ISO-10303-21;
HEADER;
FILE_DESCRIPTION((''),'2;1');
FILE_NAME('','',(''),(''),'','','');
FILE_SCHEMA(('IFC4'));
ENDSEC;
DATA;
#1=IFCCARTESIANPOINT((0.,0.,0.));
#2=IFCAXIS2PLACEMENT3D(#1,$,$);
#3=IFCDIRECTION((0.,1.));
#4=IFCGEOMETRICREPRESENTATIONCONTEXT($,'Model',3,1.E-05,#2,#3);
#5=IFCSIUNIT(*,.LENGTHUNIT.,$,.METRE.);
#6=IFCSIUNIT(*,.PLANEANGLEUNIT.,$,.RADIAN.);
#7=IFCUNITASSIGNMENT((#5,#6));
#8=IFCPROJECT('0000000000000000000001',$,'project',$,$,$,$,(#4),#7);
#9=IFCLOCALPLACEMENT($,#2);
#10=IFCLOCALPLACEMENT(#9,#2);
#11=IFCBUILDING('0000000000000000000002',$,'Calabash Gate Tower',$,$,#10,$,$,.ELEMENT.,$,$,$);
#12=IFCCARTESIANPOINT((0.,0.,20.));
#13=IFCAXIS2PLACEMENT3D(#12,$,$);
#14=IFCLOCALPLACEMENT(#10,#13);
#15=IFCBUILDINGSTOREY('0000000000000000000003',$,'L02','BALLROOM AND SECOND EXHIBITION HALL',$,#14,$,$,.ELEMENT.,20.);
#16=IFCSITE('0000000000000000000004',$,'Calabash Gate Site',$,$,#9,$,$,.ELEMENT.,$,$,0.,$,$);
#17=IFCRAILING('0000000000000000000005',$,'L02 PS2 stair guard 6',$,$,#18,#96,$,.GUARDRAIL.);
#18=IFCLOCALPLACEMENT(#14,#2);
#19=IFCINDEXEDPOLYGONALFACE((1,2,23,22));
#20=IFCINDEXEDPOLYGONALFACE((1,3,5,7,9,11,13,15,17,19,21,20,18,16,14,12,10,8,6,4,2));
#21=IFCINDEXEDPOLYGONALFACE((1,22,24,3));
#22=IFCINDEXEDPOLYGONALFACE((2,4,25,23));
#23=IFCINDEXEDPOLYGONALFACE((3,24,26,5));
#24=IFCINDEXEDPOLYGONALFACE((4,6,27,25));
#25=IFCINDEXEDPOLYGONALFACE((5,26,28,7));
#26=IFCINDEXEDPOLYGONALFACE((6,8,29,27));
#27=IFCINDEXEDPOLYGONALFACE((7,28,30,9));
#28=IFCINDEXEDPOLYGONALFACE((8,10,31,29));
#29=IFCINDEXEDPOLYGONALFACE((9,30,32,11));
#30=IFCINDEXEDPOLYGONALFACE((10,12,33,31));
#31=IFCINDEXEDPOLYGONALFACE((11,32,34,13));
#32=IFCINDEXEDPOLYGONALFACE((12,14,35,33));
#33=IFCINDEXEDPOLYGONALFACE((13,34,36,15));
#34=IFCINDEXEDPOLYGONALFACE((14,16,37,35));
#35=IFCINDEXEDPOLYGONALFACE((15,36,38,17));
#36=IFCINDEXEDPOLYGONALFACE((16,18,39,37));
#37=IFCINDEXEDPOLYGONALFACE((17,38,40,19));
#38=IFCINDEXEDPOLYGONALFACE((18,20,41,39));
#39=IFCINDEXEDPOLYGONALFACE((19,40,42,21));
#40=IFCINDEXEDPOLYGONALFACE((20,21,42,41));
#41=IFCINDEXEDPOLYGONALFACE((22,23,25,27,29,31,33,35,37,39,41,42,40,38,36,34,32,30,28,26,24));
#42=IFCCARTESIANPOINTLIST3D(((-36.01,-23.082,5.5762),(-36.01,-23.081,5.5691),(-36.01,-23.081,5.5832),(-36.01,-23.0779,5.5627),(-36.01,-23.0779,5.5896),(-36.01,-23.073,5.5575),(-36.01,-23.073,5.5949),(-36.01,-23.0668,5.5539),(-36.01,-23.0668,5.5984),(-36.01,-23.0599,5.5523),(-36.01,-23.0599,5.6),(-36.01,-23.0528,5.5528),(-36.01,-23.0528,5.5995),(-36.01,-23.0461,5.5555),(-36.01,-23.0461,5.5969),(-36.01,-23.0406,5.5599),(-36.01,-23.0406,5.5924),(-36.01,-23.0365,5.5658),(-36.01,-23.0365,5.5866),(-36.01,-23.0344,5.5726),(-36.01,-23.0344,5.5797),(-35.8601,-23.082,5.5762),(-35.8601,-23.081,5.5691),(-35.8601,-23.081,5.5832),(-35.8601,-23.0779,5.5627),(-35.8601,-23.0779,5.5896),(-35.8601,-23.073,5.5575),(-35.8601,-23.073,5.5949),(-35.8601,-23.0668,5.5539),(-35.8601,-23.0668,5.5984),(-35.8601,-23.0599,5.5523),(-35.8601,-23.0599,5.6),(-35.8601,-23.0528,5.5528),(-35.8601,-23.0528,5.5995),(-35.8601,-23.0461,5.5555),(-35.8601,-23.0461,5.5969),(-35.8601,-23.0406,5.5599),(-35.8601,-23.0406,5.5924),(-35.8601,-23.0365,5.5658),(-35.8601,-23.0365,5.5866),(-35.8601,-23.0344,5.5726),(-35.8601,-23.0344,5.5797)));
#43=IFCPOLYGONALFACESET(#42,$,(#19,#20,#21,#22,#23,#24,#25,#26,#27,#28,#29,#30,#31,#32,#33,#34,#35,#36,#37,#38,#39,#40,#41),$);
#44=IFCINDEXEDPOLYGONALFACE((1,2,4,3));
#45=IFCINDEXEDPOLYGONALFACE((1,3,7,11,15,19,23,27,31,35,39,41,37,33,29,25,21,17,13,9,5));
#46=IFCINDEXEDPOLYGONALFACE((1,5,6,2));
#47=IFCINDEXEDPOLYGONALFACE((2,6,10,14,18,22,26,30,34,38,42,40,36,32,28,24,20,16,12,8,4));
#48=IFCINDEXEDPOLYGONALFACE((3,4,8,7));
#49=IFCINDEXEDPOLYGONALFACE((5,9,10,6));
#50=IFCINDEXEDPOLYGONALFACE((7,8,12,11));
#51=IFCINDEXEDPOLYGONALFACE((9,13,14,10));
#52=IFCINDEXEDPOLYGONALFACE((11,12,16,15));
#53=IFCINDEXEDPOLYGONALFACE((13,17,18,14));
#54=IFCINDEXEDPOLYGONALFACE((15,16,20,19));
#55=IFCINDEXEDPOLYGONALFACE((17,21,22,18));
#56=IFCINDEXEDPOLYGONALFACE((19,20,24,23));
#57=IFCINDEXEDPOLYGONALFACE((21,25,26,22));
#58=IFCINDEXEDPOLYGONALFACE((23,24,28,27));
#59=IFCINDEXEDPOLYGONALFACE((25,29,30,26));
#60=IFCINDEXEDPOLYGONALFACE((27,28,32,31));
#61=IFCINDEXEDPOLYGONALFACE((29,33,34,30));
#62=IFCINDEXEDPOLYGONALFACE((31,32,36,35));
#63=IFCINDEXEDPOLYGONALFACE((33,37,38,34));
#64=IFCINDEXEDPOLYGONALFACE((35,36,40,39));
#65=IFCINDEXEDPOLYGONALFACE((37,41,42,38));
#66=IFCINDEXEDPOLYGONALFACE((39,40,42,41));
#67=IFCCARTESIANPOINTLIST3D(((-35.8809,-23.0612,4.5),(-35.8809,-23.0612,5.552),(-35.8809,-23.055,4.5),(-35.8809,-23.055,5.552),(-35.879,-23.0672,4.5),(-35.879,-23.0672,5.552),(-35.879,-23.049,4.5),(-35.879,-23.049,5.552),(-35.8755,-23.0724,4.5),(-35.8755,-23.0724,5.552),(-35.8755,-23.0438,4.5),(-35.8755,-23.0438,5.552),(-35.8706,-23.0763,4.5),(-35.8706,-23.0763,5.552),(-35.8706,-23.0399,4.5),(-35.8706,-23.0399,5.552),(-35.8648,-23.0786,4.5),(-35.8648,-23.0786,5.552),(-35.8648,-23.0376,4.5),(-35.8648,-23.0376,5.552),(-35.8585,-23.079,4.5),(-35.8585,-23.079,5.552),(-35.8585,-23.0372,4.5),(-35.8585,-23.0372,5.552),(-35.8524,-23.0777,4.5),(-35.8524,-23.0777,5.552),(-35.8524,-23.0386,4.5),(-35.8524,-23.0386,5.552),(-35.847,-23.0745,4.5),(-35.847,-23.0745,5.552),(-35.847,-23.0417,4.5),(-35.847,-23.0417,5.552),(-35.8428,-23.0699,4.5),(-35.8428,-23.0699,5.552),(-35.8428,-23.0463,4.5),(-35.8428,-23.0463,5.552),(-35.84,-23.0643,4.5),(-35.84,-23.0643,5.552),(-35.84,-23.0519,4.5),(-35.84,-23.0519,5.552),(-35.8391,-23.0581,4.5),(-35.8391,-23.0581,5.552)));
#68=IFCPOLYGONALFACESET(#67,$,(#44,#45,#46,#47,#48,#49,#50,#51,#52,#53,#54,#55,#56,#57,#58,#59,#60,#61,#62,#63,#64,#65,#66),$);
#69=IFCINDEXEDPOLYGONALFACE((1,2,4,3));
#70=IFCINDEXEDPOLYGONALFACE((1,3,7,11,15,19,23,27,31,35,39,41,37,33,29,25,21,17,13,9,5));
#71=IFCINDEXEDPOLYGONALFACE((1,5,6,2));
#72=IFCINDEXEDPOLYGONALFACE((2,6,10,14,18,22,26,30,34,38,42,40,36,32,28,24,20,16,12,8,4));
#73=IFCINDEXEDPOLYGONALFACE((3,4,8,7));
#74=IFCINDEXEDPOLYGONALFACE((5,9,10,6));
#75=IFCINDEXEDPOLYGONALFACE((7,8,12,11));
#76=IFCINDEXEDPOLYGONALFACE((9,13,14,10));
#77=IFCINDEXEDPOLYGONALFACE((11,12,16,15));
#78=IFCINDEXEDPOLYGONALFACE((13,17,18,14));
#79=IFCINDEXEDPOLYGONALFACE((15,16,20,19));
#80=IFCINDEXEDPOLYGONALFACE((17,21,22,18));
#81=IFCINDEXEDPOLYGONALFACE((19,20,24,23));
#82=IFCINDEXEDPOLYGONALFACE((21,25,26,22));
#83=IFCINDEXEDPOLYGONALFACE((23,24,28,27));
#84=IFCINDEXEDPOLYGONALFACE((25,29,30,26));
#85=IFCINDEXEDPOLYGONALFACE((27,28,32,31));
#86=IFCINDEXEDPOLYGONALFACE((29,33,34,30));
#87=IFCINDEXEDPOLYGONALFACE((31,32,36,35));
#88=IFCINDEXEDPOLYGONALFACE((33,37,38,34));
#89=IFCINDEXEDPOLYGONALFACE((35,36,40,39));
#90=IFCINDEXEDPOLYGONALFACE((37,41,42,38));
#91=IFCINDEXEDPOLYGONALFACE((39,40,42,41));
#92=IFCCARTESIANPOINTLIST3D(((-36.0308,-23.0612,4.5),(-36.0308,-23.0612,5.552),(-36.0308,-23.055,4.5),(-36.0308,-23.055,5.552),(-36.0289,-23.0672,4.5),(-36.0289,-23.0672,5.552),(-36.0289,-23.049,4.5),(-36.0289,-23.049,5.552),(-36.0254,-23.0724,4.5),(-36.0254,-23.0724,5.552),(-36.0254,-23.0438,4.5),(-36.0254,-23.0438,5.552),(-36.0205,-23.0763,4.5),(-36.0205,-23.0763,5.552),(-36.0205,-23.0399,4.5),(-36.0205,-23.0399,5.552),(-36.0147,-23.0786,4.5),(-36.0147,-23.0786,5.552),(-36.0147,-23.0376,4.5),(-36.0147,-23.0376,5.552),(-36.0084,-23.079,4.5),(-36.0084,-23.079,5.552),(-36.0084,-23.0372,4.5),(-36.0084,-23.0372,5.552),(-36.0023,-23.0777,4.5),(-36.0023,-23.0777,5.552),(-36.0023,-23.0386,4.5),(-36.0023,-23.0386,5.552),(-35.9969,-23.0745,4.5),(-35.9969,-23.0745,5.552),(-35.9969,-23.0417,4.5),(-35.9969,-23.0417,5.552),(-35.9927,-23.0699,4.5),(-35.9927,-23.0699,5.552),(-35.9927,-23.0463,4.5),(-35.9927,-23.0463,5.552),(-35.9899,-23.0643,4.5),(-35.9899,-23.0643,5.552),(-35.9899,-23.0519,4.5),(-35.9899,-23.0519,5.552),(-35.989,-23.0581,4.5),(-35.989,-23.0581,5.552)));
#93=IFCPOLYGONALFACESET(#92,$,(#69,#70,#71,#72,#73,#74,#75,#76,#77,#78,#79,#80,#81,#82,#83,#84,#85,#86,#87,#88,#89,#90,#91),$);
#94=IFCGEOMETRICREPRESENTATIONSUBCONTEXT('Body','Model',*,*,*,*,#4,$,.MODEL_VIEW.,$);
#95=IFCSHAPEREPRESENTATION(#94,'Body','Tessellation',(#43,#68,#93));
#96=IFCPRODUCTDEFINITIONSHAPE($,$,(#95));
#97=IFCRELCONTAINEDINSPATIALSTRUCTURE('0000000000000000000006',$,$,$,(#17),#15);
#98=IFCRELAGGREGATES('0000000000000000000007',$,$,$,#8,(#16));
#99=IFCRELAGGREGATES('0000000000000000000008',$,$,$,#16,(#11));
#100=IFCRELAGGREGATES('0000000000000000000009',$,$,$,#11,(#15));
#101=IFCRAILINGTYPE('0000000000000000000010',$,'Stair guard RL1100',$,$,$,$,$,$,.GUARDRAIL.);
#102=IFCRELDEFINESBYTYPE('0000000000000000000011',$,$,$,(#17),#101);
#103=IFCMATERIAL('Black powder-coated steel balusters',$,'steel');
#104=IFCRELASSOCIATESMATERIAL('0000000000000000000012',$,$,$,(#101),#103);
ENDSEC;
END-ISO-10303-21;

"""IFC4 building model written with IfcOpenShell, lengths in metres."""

from ifc_helpers import new_model, si_unit, direction, frame, origin, origin_2d, place, context, subcontext, project, spatial, circle, extrude, material, type_object, element, save


model = new_model("IFC4")

# Units and contexts
model_context = context("Model", 3, precision=1e-05, world=origin(), true_north=direction((0.0, 1.0)))
body_context = subcontext(model_context, "Body", "Model", "MODEL_VIEW")
ifc_project = project(units=[si_unit("LENGTHUNIT", "METRE"), si_unit("PLANEANGLEUNIT", "RADIAN")], contexts=[model_context])

# Site, building, storey
site_placement = place(None, origin())
site = spatial("IfcSite", under=ifc_project, at=site_placement, Name="Calabash Gate Site", CompositionType="ELEMENT", RefElevation=0.0)
building_placement = place(site_placement, origin())
building = spatial("IfcBuilding", under=site, at=building_placement, Name="Calabash Gate Tower", CompositionType="ELEMENT")
storey_placement = place(building_placement, frame((0.0, 0.0, 20.0)))
storey = spatial("IfcBuildingStorey", under=building, at=storey_placement, Name="L02", Description="BALLROOM AND SECOND EXHIBITION HALL", CompositionType="ELEMENT", Elevation=20.0)

# Railing
ifc_material_1 = material(Name="Black powder-coated steel balusters", Category="steel")
railing_type_1 = type_object("IfcRailingType", Name="Stair guard RL1100", PredefinedType="GUARDRAIL", material=ifc_material_1)
railing_1_placement = place(storey_placement, frame((-35.8601, -23.0581, 4.5)))
element("IfcRailing", 1, at=railing_1_placement, inside=storey, type_object=railing_type_1, Name="L02 PS2 stair guard 6", PredefinedType="GUARDRAIL", context=body_context, shape_type="SweptSolid", body=[
    extrude(circle(Radius=0.0239, at=origin_2d()), frame((0.0, 0.0, 1.0762), z_axis=(-1.0, 0.0, 0.0), x_axis=(0.0, -1.0, 0.0)), (0.0, 0.0, 1.0), 0.1499),
    extrude(circle(Radius=0.021, at=origin_2d()), origin(), (0.0, 0.0, 1.0), 1.052),
    extrude(circle(Radius=0.021, at=origin_2d()), frame((-0.1499, 0.0, 0.0)), (0.0, 0.0, 1.0), 1.052),
])

save(model, "model.ifc")
